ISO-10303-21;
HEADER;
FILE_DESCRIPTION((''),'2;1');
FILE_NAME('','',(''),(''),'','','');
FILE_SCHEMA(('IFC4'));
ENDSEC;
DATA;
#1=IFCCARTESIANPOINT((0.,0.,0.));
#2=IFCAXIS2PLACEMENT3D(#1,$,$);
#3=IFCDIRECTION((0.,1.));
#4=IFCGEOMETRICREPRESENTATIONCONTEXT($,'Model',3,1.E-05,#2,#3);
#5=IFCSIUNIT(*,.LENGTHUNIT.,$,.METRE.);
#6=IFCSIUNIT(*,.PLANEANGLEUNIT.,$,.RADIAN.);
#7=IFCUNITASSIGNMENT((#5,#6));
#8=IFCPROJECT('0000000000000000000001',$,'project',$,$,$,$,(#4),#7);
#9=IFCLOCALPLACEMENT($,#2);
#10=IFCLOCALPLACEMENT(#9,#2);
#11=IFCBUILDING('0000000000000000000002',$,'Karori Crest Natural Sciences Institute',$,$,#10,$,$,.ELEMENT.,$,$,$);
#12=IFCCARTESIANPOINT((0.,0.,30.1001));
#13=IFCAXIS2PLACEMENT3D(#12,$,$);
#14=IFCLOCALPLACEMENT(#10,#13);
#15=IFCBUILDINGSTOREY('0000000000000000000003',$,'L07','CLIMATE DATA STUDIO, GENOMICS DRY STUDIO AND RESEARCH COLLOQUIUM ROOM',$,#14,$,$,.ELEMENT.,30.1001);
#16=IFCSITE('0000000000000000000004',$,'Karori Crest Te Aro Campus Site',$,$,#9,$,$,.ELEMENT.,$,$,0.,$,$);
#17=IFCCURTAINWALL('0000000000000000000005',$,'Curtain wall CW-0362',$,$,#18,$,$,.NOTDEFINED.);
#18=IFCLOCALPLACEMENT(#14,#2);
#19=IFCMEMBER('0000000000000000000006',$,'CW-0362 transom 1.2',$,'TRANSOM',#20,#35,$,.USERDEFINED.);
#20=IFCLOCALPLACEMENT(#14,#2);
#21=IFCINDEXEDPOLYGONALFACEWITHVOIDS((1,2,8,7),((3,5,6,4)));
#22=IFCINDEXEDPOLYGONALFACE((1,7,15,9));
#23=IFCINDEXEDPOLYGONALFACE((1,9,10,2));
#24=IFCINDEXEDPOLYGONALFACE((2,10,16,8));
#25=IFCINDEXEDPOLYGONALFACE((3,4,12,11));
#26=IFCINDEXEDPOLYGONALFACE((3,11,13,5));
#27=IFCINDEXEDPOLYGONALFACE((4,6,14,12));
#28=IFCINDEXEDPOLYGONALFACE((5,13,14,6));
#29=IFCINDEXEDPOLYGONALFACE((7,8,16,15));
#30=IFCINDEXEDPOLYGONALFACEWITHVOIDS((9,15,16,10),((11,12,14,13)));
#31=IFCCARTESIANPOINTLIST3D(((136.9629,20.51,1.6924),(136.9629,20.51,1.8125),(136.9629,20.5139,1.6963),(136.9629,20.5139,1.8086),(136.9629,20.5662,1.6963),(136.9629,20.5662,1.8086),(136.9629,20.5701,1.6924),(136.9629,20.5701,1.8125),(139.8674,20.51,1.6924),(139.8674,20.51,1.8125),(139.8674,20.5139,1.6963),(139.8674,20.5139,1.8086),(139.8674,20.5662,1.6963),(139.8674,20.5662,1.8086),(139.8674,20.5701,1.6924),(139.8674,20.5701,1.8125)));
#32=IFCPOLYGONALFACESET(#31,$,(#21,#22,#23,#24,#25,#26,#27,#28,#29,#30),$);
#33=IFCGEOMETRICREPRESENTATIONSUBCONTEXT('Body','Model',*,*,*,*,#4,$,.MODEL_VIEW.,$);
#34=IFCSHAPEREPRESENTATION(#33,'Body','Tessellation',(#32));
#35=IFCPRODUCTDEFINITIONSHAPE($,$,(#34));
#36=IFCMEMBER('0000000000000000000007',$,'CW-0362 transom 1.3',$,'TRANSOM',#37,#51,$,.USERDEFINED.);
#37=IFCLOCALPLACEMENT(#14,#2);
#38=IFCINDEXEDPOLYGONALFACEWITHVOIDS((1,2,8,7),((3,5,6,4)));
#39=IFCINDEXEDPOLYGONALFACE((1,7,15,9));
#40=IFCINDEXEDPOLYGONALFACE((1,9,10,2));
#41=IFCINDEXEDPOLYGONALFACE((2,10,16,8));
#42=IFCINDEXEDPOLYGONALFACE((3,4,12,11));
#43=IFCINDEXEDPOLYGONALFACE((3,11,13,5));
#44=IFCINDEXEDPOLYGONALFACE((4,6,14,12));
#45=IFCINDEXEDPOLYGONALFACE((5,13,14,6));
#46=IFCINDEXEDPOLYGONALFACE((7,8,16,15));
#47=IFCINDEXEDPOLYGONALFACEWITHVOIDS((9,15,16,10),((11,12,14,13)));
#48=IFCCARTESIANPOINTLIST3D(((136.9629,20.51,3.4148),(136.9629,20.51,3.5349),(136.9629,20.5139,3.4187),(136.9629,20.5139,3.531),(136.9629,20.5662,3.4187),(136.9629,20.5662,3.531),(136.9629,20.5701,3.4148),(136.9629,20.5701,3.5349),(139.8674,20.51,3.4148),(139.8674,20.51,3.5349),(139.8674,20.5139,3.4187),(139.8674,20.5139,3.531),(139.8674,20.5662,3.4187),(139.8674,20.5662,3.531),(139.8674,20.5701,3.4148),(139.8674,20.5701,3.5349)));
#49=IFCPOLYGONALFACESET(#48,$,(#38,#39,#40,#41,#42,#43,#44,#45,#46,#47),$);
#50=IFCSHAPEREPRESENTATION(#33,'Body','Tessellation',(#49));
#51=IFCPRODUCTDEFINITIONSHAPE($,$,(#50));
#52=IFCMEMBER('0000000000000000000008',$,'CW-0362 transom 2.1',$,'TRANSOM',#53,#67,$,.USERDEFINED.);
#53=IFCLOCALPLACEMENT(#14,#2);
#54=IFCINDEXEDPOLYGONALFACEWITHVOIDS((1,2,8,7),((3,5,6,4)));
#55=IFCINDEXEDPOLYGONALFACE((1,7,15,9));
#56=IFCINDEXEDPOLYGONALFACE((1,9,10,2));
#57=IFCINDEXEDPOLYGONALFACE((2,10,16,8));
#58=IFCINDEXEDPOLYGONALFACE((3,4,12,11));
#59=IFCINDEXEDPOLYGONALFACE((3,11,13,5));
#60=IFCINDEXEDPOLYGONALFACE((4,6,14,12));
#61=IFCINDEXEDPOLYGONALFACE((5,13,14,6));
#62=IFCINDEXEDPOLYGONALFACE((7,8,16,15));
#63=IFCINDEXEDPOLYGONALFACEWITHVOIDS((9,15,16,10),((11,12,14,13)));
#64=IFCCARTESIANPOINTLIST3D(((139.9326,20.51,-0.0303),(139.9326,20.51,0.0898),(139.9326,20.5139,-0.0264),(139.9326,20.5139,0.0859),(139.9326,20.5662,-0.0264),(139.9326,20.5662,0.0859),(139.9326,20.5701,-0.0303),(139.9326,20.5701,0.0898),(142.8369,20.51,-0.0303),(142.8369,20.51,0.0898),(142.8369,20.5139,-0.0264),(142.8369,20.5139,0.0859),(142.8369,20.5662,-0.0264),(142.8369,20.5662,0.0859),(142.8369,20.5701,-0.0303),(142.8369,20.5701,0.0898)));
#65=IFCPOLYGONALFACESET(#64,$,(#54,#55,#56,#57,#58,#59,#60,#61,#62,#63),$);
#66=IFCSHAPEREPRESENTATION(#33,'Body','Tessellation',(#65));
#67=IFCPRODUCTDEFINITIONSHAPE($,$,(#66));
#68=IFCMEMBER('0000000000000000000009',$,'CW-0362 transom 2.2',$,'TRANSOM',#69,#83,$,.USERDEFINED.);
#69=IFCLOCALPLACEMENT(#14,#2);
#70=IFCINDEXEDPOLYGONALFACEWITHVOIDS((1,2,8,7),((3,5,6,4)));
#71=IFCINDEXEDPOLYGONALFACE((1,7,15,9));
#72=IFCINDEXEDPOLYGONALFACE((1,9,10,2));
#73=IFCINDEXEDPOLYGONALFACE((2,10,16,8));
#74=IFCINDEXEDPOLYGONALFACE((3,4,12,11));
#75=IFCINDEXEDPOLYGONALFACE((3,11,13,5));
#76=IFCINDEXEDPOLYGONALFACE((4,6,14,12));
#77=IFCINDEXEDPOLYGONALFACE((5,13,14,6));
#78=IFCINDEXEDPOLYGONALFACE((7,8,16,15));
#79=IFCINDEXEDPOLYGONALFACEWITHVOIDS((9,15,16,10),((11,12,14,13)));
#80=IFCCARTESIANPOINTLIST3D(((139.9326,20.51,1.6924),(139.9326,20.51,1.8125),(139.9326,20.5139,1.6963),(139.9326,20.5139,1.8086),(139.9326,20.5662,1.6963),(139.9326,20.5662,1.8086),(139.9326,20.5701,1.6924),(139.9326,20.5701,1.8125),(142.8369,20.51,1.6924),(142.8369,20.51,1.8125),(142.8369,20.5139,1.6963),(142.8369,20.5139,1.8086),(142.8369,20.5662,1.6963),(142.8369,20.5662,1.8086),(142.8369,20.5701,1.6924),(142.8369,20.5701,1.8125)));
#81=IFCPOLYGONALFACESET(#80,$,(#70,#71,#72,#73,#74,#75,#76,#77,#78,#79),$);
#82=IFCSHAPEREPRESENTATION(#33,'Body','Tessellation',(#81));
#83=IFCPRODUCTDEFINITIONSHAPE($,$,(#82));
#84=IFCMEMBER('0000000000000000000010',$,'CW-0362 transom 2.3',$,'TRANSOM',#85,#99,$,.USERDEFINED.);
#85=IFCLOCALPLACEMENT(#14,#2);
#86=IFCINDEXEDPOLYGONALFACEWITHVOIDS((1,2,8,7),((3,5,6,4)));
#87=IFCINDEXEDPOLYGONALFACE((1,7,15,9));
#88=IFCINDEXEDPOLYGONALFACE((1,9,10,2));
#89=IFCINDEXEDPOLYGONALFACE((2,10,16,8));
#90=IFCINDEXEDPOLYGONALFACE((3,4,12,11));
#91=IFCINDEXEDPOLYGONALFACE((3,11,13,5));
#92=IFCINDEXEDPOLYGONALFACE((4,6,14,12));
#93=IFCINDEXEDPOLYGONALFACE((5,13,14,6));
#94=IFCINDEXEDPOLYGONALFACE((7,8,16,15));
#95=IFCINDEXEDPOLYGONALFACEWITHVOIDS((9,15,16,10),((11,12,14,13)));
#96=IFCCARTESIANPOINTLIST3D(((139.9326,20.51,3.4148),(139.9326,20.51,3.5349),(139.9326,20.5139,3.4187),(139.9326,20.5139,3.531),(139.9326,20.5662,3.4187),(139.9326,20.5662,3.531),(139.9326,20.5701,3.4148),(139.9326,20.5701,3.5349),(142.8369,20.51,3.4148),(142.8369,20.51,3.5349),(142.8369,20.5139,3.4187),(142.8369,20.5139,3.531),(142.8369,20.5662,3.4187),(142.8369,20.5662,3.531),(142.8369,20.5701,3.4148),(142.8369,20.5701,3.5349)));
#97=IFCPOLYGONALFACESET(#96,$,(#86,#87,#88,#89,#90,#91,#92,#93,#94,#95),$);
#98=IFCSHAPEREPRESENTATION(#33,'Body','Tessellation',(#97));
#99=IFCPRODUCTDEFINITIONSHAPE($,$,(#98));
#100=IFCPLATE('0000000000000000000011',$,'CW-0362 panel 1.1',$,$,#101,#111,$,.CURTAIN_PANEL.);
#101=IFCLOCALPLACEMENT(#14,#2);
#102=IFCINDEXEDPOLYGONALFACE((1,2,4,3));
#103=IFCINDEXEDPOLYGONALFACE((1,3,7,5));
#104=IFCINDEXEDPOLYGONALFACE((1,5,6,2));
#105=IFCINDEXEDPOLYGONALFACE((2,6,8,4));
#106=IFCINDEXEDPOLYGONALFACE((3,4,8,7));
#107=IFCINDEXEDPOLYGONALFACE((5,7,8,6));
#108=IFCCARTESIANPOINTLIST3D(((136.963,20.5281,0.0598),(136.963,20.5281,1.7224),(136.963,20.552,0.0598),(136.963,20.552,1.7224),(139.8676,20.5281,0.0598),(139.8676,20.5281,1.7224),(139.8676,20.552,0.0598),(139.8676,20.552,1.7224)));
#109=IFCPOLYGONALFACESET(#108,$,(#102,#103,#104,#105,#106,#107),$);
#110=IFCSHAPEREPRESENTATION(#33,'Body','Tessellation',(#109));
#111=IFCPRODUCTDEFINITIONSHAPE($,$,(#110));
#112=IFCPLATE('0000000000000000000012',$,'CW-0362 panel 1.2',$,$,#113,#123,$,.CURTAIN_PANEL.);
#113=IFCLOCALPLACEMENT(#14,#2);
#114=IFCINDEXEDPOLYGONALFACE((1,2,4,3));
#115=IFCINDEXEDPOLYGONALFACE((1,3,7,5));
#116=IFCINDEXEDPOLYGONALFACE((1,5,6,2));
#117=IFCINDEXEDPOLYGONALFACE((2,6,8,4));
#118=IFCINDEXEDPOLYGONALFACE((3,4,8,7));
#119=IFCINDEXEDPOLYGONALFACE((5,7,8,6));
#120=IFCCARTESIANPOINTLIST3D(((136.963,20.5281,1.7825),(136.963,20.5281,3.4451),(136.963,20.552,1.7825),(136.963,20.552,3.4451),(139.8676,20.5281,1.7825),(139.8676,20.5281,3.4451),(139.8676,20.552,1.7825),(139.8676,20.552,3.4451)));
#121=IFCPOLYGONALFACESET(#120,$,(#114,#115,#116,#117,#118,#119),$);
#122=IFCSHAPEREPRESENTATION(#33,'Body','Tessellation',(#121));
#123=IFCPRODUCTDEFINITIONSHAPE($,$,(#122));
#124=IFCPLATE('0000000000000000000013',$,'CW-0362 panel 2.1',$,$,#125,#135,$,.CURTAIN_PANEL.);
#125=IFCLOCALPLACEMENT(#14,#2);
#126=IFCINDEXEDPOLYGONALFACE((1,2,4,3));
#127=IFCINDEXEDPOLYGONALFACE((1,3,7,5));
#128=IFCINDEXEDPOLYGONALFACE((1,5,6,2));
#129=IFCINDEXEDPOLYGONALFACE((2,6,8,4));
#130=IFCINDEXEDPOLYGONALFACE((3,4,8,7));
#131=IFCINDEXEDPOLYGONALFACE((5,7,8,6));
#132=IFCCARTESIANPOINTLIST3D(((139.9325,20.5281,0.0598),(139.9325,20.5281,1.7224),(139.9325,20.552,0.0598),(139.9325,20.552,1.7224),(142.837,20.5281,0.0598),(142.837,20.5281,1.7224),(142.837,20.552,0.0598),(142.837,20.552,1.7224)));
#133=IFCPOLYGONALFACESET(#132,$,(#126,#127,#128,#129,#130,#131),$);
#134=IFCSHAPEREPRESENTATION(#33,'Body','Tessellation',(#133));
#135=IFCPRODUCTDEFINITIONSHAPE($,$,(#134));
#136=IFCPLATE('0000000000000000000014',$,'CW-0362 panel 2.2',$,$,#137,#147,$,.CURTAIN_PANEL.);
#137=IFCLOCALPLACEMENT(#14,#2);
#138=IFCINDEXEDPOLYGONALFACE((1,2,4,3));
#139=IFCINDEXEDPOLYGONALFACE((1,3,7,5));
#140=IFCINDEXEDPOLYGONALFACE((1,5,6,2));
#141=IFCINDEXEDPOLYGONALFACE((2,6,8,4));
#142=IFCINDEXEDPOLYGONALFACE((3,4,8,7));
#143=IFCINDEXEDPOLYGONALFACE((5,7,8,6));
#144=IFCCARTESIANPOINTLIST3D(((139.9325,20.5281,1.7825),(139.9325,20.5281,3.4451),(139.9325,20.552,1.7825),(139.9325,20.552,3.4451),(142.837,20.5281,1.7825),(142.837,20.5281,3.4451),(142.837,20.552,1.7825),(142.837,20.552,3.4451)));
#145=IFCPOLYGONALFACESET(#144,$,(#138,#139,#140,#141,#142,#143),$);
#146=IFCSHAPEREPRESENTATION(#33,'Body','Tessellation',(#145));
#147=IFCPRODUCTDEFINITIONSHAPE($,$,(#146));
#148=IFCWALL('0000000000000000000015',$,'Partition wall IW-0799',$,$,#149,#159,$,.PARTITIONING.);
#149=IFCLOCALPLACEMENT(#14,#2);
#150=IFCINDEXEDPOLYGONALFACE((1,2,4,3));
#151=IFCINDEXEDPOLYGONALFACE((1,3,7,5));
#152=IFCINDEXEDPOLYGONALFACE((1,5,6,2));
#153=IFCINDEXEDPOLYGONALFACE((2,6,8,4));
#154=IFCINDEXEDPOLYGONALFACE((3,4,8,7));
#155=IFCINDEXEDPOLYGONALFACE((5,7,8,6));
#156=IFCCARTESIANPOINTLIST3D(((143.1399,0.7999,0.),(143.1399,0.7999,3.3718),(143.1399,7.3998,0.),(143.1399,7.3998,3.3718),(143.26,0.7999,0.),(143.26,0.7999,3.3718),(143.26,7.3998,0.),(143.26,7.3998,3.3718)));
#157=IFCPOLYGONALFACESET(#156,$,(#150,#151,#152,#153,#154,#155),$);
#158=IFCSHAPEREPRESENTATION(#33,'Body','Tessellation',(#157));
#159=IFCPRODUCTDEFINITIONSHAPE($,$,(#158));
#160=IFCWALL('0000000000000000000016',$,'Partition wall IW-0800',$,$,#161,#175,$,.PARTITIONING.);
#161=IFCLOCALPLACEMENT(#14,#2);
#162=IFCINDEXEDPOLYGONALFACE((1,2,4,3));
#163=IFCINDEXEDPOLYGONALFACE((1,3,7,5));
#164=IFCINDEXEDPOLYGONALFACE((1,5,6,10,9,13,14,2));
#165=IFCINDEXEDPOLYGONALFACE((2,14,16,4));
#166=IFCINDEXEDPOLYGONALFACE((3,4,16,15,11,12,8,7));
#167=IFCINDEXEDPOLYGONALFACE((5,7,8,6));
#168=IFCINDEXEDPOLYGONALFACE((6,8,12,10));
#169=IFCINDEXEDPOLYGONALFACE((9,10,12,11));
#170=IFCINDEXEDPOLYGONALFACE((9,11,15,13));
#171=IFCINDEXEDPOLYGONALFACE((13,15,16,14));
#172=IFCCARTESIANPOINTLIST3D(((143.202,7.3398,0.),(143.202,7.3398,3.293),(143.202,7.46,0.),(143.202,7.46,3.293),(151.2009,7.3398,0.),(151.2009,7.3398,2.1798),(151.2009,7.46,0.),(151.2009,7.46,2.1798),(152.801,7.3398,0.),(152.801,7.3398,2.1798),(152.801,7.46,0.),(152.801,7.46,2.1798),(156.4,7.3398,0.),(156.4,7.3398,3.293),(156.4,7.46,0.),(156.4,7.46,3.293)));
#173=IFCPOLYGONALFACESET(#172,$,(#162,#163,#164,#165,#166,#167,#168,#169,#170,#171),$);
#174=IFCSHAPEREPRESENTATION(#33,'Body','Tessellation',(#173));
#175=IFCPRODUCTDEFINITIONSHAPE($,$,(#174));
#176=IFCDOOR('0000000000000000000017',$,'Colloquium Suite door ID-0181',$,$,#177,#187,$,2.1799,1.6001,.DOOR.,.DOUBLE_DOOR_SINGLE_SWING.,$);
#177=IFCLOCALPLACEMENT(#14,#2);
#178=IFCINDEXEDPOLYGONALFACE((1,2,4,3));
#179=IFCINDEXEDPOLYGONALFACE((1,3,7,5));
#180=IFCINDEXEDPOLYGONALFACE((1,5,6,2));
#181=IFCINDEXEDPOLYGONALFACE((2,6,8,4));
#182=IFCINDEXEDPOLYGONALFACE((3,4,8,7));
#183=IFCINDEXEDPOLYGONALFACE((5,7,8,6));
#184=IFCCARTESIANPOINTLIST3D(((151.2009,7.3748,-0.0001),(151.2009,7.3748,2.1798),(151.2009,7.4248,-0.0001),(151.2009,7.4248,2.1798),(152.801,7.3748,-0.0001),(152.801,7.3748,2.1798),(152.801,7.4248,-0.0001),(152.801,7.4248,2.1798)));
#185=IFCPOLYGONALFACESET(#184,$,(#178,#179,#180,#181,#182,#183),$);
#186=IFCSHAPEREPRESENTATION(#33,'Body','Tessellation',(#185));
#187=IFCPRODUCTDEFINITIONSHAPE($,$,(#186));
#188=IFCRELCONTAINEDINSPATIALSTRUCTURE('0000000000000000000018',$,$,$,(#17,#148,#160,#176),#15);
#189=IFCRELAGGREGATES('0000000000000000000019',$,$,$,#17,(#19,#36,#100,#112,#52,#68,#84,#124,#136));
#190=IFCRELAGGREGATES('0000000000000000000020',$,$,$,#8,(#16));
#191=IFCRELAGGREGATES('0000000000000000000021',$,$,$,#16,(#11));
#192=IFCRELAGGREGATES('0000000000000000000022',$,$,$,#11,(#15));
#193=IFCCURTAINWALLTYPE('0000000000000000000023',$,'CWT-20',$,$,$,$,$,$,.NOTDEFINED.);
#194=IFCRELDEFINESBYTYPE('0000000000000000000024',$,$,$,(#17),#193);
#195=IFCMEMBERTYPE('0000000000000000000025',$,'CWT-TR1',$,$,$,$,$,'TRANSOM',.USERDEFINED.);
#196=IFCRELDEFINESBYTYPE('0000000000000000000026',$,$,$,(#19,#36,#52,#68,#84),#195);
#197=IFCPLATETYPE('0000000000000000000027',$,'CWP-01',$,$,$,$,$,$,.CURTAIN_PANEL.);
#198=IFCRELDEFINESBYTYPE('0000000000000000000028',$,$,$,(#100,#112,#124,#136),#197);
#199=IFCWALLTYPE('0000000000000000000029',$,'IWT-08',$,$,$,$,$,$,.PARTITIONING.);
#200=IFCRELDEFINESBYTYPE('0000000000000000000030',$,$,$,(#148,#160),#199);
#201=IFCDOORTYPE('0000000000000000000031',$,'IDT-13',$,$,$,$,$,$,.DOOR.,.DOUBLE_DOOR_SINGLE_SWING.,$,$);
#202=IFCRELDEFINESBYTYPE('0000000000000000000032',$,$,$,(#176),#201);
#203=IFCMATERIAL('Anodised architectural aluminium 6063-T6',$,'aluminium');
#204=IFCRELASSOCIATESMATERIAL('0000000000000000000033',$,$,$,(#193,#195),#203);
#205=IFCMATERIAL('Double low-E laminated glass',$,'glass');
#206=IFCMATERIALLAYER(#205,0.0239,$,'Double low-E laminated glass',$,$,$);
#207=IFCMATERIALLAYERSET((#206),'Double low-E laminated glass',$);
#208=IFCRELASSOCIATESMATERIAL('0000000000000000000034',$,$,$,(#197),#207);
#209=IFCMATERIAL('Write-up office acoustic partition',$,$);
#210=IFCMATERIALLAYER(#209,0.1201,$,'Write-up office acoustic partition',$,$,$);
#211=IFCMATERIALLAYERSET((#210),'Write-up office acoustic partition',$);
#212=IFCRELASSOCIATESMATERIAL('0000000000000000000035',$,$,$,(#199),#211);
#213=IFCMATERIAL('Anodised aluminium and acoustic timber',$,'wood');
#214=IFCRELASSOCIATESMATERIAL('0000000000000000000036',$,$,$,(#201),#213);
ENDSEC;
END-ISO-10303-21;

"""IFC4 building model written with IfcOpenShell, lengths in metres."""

from ifc_helpers import new_model, si_unit, direction, frame, frame_2d, origin, origin_2d, place, context, subcontext, project, spatial, rectangle, hollow_rectangle, extrude, material, layer, layer_set, material_profile, profile_set, type_object, element, fill, aggregate, save


model = new_model("IFC4")

# Units and contexts
model_context = context("Model", 3, precision=1e-05, world=origin(), true_north=direction((0.0, 1.0)))
body_context = subcontext(model_context, "Body", "Model", "MODEL_VIEW")
ifc_project = project(units=[si_unit("LENGTHUNIT", "METRE"), si_unit("PLANEANGLEUNIT", "RADIAN")], contexts=[model_context])

# Site, building, storey
site_placement = place(None, origin())
site = spatial("IfcSite", under=ifc_project, at=site_placement, Name="Karori Crest Te Aro Campus Site", CompositionType="ELEMENT", RefElevation=0.0)
building_placement = place(site_placement, origin())
building = spatial("IfcBuilding", under=site, at=building_placement, Name="Karori Crest Natural Sciences Institute", CompositionType="ELEMENT")
storey_placement = place(building_placement, frame((0.0, 0.0, 30.1001)))
storey = spatial("IfcBuildingStorey", under=building, at=storey_placement, Name="L07", Description="CLIMATE DATA STUDIO, GENOMICS DRY STUDIO AND RESEARCH COLLOQUIUM ROOM", CompositionType="ELEMENT", Elevation=30.1001)

# Curtain wall, members, plates
ifc_material_1 = material(Name="Anodised architectural aluminium 6063-T6", Category="aluminium")
curtain_wall_type = type_object("IfcCurtainWallType", Name="CWT-20", PredefinedType="NOTDEFINED", material=ifc_material_1)
curtain_wall_placement = place(storey_placement, origin())
curtain_wall = element("IfcCurtainWall", 1, at=curtain_wall_placement, inside=storey, type_object=curtain_wall_type, Name="Curtain wall CW-0362", PredefinedType="NOTDEFINED")
ifc_material_profile_1 = material_profile(ifc_material_1, hollow_rectangle(XDim=0.0601, YDim=0.1201, WallThickness=0.0039, at=origin_2d()), Name="CWT120x60x4")
ifc_profile_set_1 = profile_set([ifc_material_profile_1], Name="Anodised architectural aluminium 6063-T6")
member_type_1 = type_object("IfcMemberType", Name="CWT-TR1", ElementType="TRANSOM", PredefinedType="USERDEFINED", material=ifc_profile_set_1)
member_1_placement = place(storey_placement, frame((136.9629, 20.54, 1.7524), z_axis=(1.0, 0.0, 0.0), x_axis=(0.0, 1.0, 0.0)))
member_1 = element("IfcMember", 2, at=member_1_placement, type_object=member_type_1, Name="CW-0362 transom 1.2", ObjectType="TRANSOM", PredefinedType="USERDEFINED", context=body_context, shape_type="SweptSolid", body=[
    extrude(hollow_rectangle(XDim=0.0601, YDim=0.1201, WallThickness=0.0039, at=origin_2d()), origin(), (0.0, 0.0, 1.0), 2.9045),
])
member_2_placement = place(storey_placement, frame((136.9629, 20.54, 3.4749), z_axis=(1.0, 0.0, 0.0), x_axis=(0.0, 1.0, 0.0)))
member_2 = element("IfcMember", 3, at=member_2_placement, type_object=member_type_1, Name="CW-0362 transom 1.3", ObjectType="TRANSOM", PredefinedType="USERDEFINED", context=body_context, shape_type="SweptSolid", body=[
    extrude(hollow_rectangle(XDim=0.0601, YDim=0.1201, WallThickness=0.0039, at=origin_2d()), origin(), (0.0, 0.0, 1.0), 2.9045),
])
member_3_placement = place(storey_placement, frame((139.9326, 20.54, 0.0298), z_axis=(1.0, 0.0, 0.0), x_axis=(0.0, 1.0, 0.0)))
member_3 = element("IfcMember", 4, at=member_3_placement, type_object=member_type_1, Name="CW-0362 transom 2.1", ObjectType="TRANSOM", PredefinedType="USERDEFINED", context=body_context, shape_type="SweptSolid", body=[
    extrude(hollow_rectangle(XDim=0.0601, YDim=0.1201, WallThickness=0.0039, at=origin_2d()), origin(), (0.0, 0.0, 1.0), 2.9043),
])
member_4_placement = place(storey_placement, frame((139.9326, 20.54, 1.7524), z_axis=(1.0, 0.0, 0.0), x_axis=(0.0, 1.0, 0.0)))
member_4 = element("IfcMember", 5, at=member_4_placement, type_object=member_type_1, Name="CW-0362 transom 2.2", ObjectType="TRANSOM", PredefinedType="USERDEFINED", context=body_context, shape_type="SweptSolid", body=[
    extrude(hollow_rectangle(XDim=0.0601, YDim=0.1201, WallThickness=0.0039, at=origin_2d()), origin(), (0.0, 0.0, 1.0), 2.9043),
])
member_5_placement = place(storey_placement, frame((139.9326, 20.54, 3.4749), z_axis=(1.0, 0.0, 0.0), x_axis=(0.0, 1.0, 0.0)))
member_5 = element("IfcMember", 6, at=member_5_placement, type_object=member_type_1, Name="CW-0362 transom 2.3", ObjectType="TRANSOM", PredefinedType="USERDEFINED", context=body_context, shape_type="SweptSolid", body=[
    extrude(hollow_rectangle(XDim=0.0601, YDim=0.1201, WallThickness=0.0039, at=origin_2d()), origin(), (0.0, 0.0, 1.0), 2.9043),
])
ifc_material_2 = material(Name="Double low-E laminated glass", Category="glass")
ifc_layer_1 = layer(ifc_material_2, 0.0239, Name="Double low-E laminated glass")
ifc_layer_set_1 = layer_set([ifc_layer_1], Name="Double low-E laminated glass")
plate_type = type_object("IfcPlateType", Name="CWP-01", PredefinedType="CURTAIN_PANEL", material=ifc_layer_set_1)
plate_1_placement = place(storey_placement, frame((138.4153, 20.54, 0.0598), z_axis=(0.0, 0.0, 1.0), x_axis=(1.0, 0.0, 0.0)))
plate_1 = element("IfcPlate", 7, at=plate_1_placement, type_object=plate_type, Name="CW-0362 panel 1.1", PredefinedType="CURTAIN_PANEL", context=body_context, shape_type="SweptSolid", body=[
    extrude(rectangle(XDim=2.9045, YDim=0.0239, at=origin_2d()), origin(), (0.0, 0.0, 1.0), 1.6626),
])
plate_2_placement = place(storey_placement, frame((138.4153, 20.54, 1.7825), z_axis=(0.0, 0.0, 1.0), x_axis=(1.0, 0.0, 0.0)))
plate_2 = element("IfcPlate", 8, at=plate_2_placement, type_object=plate_type, Name="CW-0362 panel 1.2", PredefinedType="CURTAIN_PANEL", context=body_context, shape_type="SweptSolid", body=[
    extrude(rectangle(XDim=2.9045, YDim=0.0239, at=origin_2d()), origin(), (0.0, 0.0, 1.0), 1.6626),
])
plate_3_placement = place(storey_placement, frame((141.3848, 20.54, 0.0598), z_axis=(0.0, 0.0, 1.0), x_axis=(1.0, 0.0, 0.0)))
plate_3 = element("IfcPlate", 9, at=plate_3_placement, type_object=plate_type, Name="CW-0362 panel 2.1", PredefinedType="CURTAIN_PANEL", context=body_context, shape_type="SweptSolid", body=[
    extrude(rectangle(XDim=2.9045, YDim=0.0239, at=origin_2d()), origin(), (0.0, 0.0, 1.0), 1.6626),
])
plate_4_placement = place(storey_placement, frame((141.3848, 20.54, 1.7825), z_axis=(0.0, 0.0, 1.0), x_axis=(1.0, 0.0, 0.0)))
plate_4 = element("IfcPlate", 10, at=plate_4_placement, type_object=plate_type, Name="CW-0362 panel 2.2", PredefinedType="CURTAIN_PANEL", context=body_context, shape_type="SweptSolid", body=[
    extrude(rectangle(XDim=2.9045, YDim=0.0239, at=origin_2d()), origin(), (0.0, 0.0, 1.0), 1.6626),
])
aggregate(curtain_wall, [member_1, member_2, plate_1, plate_2, member_3, member_4, member_5, plate_3, plate_4])

# Wall
ifc_material_3 = material(Name="Write-up office acoustic partition")
ifc_layer_2 = layer(ifc_material_3, 0.1201, Name="Write-up office acoustic partition")
ifc_layer_set_2 = layer_set([ifc_layer_2], Name="Write-up office acoustic partition")
wall_type = type_object("IfcWallType", Name="IWT-08", PredefinedType="PARTITIONING", material=ifc_layer_set_2)
wall_1_placement = place(storey_placement, frame((143.2, 0.8, 0.0), z_axis=(0.0, 0.0, 1.0), x_axis=(0.0, 1.0, 0.0)))
element("IfcWall", 11, at=wall_1_placement, inside=storey, type_object=wall_type, Name="Partition wall IW-0799", PredefinedType="PARTITIONING", context=body_context, shape_type="SweptSolid", body=[
    extrude(rectangle(XDim=6.5999, YDim=0.1201, at=frame_2d((3.2998, 0.0))), origin(), (0.0, 0.0, 1.0), 3.3718),
])

# Wall, opening, door
wall_2_placement = place(storey_placement, frame((143.2019, 7.3999, 0.0), z_axis=(0.0, 0.0, 1.0), x_axis=(1.0, 0.0, 0.0)))
wall_2 = element("IfcWall", 12, at=wall_2_placement, inside=storey, type_object=wall_type, Name="Partition wall IW-0800", PredefinedType="PARTITIONING", context=body_context, shape_type="SweptSolid", body=[
    extrude(rectangle(XDim=13.198, YDim=0.1201, at=frame_2d((6.5991, 0.0))), origin(), (0.0, 0.0, 1.0), 3.293),
])
opening_1_placement = place(wall_2_placement, frame((7.999, 0.0, 0.0)))
opening_1 = element("IfcOpeningElement", 13, at=opening_1_placement, cuts=wall_2, PredefinedType="OPENING", context=body_context, shape_type="SweptSolid", body=[
    extrude(rectangle(XDim=1.6001, YDim=2.1799, at=frame_2d((0.8, 1.0898))), frame((0.0, 0.0701, 0.0), z_axis=(0.0, -1.0, 0.0), x_axis=(1.0, 0.0, 0.0)), (0.0, 0.0, 1.0), 0.1401),
])
ifc_material_4 = material(Name="Anodised aluminium and acoustic timber", Category="wood")
door_type = type_object("IfcDoorType", Name="IDT-13", OperationType="DOUBLE_DOOR_SINGLE_SWING", PredefinedType="DOOR", material=ifc_material_4)
door_1_placement = place(opening_1_placement, origin())
door_1 = element("IfcDoor", 14, at=door_1_placement, inside=storey, type_object=door_type, Name="Colloquium Suite door ID-0181", OperationType="DOUBLE_DOOR_SINGLE_SWING", OverallHeight=2.1799, OverallWidth=1.6001, PredefinedType="DOOR", context=body_context, shape_type="SweptSolid", body=[
    extrude(rectangle(XDim=1.6001, YDim=2.1799, at=frame_2d((0.8, 1.0898))), frame((0.0, 0.0249, 0.0), z_axis=(0.0, -1.0, 0.0), x_axis=(1.0, 0.0, 0.0)), (0.0, 0.0, 1.0), 0.05),
])
fill(opening_1, door_1)

save(model, "model.ifc")
